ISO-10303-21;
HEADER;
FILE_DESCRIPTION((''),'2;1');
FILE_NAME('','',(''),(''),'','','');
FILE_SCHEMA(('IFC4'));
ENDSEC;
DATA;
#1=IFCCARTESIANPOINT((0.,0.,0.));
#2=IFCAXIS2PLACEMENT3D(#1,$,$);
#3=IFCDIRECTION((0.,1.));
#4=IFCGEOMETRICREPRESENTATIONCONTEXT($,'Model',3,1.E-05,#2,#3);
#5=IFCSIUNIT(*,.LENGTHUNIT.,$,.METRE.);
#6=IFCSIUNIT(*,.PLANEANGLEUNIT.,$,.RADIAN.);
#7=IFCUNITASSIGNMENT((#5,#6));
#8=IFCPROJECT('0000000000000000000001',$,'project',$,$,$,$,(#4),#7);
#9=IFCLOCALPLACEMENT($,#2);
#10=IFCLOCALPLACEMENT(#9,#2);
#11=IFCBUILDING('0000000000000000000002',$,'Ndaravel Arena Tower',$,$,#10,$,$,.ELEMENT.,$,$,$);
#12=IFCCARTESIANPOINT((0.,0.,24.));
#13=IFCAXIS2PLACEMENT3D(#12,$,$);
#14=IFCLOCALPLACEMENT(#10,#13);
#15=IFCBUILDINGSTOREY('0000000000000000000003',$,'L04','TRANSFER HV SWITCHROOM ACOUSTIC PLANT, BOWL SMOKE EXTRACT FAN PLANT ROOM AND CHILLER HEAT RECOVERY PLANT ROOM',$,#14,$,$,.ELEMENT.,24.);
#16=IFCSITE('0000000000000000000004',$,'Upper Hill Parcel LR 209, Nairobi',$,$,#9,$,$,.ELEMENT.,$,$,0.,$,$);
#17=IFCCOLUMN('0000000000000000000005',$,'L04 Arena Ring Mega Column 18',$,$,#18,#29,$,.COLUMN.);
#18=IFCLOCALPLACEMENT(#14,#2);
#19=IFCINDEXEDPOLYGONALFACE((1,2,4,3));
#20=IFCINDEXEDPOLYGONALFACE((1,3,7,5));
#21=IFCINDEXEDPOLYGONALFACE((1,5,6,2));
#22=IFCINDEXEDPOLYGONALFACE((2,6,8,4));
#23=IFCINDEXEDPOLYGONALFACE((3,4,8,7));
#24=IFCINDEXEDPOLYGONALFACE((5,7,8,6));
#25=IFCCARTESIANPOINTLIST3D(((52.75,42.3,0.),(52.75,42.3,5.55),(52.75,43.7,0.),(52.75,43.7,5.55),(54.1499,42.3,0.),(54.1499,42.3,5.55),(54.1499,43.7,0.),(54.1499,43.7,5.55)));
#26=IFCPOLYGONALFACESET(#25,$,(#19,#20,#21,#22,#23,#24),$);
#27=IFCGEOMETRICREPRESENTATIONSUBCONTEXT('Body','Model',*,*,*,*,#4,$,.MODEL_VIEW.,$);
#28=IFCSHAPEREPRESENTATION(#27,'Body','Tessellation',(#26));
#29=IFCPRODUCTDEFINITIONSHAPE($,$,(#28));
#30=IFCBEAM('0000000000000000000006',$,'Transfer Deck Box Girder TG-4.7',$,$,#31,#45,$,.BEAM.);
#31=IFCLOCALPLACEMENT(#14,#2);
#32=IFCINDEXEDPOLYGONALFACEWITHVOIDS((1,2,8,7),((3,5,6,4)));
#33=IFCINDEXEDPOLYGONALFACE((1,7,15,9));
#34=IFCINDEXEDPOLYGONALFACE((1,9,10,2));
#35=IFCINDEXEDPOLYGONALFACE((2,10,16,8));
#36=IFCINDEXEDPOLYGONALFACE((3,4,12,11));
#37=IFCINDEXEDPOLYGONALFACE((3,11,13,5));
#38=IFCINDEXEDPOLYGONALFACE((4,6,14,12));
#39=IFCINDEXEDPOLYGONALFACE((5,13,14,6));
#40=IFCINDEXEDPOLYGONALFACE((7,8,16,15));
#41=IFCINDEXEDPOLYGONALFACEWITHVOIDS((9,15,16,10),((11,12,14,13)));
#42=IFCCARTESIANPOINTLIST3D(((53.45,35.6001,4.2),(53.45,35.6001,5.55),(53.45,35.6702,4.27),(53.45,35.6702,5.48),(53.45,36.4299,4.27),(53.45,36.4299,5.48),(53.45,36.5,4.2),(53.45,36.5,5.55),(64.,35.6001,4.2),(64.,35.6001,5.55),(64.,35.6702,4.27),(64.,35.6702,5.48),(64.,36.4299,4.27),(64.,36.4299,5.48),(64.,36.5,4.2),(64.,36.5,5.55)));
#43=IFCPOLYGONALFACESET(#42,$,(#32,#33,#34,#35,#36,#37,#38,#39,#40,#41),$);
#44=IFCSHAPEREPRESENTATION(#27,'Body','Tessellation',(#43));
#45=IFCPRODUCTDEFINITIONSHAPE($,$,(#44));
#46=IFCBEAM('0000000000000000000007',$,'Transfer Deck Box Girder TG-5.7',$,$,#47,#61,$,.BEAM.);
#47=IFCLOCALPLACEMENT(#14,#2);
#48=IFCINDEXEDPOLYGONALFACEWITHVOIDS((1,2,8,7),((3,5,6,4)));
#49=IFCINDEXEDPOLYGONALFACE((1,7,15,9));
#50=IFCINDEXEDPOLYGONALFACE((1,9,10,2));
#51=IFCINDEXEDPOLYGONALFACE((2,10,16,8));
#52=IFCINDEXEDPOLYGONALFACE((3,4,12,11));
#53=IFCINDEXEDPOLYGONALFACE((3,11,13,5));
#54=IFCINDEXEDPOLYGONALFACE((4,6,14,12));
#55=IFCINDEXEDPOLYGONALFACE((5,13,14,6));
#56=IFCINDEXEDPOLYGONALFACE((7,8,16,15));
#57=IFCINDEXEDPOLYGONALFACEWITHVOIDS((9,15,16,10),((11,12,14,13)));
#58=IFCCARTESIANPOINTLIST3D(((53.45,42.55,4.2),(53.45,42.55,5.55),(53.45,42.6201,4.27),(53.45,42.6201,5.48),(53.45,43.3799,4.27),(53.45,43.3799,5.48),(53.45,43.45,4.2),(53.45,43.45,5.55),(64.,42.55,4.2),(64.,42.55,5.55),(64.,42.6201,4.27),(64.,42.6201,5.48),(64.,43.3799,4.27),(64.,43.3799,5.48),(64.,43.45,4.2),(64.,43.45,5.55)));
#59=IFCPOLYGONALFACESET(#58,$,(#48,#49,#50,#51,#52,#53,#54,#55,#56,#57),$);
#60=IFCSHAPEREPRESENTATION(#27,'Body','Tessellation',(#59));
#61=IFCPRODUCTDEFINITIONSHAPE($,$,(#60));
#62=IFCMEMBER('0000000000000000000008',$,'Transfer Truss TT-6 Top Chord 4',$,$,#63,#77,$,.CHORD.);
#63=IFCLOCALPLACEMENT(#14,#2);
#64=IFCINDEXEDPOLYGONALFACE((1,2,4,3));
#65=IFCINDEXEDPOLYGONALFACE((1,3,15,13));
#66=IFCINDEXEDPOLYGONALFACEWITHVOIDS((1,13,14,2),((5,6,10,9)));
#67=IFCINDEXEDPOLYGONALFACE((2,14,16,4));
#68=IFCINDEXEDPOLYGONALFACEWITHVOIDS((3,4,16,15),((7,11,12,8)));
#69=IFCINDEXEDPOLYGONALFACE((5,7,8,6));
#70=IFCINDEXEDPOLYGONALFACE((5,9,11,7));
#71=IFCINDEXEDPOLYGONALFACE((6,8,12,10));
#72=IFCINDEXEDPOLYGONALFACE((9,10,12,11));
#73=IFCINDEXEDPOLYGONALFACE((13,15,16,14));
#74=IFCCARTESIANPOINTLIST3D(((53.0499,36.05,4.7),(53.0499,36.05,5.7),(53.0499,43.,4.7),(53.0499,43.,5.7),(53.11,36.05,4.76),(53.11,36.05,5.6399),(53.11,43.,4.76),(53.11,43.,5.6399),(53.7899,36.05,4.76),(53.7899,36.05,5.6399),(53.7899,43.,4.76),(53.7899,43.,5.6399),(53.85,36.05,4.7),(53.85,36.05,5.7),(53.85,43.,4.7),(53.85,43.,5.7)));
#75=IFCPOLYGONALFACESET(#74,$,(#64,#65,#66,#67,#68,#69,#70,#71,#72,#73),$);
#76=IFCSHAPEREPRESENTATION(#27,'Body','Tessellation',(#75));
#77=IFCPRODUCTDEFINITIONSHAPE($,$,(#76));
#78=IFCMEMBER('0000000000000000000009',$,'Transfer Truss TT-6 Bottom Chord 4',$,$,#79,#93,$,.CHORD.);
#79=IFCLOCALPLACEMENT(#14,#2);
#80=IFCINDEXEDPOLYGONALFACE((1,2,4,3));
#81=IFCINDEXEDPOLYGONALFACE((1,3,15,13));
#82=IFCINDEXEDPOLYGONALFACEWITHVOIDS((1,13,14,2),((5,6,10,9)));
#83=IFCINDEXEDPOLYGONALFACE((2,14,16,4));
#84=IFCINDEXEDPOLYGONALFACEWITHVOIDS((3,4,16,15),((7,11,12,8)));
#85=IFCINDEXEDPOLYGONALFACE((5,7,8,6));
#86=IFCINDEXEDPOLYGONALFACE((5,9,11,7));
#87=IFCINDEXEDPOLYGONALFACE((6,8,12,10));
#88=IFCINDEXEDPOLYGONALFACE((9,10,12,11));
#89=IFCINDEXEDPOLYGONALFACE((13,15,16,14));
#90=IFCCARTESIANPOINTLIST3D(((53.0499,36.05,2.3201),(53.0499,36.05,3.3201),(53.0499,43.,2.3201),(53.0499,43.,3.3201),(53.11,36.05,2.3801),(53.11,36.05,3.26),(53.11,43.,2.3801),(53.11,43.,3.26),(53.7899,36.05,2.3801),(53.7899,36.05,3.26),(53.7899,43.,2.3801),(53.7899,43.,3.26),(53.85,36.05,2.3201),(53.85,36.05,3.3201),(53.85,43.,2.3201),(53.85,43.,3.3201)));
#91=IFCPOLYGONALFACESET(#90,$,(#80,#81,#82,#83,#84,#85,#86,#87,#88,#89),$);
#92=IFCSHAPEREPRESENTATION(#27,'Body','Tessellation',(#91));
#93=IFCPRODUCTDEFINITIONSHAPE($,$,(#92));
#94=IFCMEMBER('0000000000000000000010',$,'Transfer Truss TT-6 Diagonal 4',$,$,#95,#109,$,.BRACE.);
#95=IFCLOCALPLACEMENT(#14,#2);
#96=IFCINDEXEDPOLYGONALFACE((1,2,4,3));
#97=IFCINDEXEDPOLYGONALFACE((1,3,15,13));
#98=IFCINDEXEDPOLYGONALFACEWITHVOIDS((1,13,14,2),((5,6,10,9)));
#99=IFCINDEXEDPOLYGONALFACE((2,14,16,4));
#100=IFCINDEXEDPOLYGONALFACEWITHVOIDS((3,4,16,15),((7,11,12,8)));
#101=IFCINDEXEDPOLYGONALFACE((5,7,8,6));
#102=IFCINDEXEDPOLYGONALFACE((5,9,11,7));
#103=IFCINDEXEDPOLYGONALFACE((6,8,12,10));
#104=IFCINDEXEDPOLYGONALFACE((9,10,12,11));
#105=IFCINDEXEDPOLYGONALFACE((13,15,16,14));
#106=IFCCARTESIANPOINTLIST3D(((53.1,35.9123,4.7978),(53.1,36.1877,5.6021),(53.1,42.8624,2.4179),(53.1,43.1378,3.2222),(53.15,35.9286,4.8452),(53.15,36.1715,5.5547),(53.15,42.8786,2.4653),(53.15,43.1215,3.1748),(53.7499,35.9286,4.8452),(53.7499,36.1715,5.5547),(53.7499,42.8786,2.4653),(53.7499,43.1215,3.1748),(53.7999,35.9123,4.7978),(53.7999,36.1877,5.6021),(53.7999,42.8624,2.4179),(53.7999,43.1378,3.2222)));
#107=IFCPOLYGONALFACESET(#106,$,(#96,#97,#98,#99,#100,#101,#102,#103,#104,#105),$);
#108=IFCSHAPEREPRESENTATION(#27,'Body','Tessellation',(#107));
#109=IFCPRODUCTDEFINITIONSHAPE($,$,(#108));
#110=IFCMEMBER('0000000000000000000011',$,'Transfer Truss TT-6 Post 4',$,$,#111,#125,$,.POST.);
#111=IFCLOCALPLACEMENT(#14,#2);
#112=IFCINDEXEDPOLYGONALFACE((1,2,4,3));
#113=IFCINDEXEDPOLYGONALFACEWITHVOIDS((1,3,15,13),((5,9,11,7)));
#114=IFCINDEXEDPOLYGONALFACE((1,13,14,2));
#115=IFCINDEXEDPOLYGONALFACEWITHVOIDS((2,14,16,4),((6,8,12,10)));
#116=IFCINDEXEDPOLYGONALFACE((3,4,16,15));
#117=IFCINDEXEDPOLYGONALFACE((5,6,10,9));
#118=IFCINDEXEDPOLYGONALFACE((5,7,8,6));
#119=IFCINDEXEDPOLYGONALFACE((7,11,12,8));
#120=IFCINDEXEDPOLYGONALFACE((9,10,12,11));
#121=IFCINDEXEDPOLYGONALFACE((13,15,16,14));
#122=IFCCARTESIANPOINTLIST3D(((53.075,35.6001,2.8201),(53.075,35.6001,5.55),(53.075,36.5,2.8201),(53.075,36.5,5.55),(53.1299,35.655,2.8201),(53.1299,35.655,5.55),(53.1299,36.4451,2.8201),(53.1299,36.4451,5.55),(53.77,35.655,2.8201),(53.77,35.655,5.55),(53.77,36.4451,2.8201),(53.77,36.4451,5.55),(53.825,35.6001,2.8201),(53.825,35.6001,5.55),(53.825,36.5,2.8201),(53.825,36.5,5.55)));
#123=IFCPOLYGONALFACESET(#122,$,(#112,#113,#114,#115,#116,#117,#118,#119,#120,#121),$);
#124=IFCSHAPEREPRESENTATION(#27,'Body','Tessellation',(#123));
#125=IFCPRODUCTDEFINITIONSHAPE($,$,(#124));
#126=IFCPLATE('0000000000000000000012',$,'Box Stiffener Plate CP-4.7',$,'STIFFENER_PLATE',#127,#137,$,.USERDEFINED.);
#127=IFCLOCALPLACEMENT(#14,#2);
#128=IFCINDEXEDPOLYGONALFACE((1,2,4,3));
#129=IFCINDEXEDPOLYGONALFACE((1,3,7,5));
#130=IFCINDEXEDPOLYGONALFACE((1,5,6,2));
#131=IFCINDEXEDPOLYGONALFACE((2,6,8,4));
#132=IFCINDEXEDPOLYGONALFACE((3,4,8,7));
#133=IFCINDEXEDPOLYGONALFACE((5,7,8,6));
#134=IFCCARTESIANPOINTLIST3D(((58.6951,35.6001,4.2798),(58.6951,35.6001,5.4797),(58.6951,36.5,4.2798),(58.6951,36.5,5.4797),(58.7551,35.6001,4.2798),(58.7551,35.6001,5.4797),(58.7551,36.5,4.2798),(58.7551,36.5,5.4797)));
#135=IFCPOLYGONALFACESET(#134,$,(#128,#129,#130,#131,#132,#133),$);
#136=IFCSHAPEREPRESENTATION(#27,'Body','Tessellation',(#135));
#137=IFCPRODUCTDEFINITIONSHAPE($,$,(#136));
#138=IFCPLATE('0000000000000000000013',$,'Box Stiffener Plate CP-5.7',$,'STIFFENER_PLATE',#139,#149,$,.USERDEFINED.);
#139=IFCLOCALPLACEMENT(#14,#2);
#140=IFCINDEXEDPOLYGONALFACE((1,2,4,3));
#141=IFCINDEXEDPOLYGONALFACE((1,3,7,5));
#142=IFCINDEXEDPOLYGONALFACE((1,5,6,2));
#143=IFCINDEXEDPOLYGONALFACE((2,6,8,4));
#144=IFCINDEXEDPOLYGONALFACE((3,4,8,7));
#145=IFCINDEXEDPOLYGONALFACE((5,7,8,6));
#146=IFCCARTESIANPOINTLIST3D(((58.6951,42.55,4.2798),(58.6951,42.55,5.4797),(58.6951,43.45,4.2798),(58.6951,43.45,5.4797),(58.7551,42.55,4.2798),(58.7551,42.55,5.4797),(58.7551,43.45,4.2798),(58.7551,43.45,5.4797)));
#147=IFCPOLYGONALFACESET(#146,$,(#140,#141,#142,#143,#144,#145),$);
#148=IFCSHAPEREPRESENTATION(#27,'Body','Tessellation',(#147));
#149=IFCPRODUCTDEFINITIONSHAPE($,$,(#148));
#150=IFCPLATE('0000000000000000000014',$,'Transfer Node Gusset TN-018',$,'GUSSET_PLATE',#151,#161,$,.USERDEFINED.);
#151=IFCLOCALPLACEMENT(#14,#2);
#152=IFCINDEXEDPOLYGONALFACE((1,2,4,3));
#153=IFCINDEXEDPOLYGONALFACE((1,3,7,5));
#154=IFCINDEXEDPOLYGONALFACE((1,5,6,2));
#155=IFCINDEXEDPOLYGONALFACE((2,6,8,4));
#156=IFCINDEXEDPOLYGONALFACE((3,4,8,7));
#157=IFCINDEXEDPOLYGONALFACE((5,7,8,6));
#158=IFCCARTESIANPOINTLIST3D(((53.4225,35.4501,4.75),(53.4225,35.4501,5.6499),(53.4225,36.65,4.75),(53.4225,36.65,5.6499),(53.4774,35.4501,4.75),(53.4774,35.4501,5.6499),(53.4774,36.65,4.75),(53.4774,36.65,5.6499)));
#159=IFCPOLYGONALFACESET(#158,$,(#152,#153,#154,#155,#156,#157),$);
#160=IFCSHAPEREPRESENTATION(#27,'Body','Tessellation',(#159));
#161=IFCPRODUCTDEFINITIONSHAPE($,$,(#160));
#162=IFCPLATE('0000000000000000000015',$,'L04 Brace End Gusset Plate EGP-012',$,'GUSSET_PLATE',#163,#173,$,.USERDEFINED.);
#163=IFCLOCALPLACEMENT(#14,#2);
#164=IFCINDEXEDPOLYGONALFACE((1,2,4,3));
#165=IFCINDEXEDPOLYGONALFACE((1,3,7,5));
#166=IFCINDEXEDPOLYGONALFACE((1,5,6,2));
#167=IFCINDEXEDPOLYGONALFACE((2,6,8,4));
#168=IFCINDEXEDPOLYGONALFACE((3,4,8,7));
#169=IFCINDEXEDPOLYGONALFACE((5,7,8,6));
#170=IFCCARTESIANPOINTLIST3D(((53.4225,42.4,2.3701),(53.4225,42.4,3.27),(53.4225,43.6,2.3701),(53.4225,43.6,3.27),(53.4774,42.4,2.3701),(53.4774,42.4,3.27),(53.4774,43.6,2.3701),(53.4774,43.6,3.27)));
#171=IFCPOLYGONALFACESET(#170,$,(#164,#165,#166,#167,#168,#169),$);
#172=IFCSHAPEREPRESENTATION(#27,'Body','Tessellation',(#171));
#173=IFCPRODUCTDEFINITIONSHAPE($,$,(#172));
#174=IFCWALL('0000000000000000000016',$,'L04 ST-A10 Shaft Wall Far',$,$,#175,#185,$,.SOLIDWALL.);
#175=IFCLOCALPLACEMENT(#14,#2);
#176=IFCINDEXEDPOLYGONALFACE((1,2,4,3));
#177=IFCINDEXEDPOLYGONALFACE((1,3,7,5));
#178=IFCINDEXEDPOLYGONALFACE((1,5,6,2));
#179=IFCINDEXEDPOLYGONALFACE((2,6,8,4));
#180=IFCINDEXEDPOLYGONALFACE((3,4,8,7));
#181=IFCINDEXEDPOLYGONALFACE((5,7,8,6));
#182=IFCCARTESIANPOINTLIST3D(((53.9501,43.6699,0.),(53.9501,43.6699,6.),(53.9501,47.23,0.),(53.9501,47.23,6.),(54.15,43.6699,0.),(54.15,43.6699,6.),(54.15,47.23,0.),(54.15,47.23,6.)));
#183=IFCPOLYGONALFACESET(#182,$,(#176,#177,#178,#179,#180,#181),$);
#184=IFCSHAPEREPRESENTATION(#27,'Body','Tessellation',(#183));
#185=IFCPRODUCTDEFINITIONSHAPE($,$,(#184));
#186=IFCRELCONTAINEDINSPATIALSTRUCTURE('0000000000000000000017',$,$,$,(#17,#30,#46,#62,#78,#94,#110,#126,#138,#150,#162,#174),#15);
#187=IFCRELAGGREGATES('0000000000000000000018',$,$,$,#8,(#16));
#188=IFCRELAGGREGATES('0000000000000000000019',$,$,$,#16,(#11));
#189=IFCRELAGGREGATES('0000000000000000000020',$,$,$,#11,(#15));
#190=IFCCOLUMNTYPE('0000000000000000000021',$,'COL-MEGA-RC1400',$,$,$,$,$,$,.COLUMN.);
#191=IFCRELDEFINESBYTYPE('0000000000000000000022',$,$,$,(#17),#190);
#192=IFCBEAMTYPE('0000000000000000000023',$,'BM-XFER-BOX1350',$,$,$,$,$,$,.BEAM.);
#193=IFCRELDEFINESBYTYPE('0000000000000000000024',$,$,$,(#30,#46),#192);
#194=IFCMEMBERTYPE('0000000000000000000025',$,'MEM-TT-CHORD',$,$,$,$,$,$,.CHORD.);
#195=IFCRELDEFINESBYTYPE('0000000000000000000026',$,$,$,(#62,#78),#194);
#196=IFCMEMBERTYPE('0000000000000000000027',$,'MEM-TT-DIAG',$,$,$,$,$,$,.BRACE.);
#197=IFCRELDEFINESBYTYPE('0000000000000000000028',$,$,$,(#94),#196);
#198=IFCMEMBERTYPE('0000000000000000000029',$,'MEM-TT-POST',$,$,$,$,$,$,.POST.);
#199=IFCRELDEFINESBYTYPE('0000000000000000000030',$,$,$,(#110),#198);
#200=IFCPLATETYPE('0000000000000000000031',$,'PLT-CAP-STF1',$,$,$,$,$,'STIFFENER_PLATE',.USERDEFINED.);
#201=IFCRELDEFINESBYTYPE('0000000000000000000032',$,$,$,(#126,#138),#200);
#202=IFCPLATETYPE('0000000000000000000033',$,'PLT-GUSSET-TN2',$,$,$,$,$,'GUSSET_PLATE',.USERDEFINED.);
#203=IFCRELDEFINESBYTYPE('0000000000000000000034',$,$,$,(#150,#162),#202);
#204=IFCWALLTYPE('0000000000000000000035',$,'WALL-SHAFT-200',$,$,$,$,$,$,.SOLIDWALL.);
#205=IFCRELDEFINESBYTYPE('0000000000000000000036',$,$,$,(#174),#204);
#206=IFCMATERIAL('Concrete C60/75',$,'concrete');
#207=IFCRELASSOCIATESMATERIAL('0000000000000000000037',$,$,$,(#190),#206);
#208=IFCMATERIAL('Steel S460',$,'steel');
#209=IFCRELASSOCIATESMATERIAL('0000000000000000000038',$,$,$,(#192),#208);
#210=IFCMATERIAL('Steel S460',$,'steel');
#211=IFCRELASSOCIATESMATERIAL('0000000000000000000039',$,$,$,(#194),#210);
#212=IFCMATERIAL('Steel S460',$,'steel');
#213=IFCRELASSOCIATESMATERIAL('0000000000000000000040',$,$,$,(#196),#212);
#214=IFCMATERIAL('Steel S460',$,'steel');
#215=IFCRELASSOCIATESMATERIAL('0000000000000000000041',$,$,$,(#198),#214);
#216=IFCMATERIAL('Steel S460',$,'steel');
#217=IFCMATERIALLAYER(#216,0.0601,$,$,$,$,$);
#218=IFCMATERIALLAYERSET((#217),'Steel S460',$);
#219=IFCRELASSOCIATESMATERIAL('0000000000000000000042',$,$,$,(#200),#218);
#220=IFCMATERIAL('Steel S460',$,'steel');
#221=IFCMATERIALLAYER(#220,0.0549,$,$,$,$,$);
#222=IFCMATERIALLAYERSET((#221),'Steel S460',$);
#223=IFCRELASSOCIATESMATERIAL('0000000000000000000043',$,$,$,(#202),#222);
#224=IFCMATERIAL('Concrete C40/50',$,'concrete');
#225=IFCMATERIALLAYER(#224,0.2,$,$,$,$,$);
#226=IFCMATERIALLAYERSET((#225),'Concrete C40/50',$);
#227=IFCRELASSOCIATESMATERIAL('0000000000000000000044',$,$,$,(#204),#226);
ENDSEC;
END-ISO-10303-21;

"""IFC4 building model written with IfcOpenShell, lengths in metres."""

from ifc_helpers import new_model, si_unit, direction, frame, frame_2d, origin, origin_2d, place, context, subcontext, project, spatial, rectangle, hollow_rectangle, extrude, material, layer, layer_set, material_profile, profile_set, type_object, element, save


model = new_model("IFC4")

# Units and contexts
model_context = context("Model", 3, precision=1e-05, world=origin(), true_north=direction((0.0, 1.0)))
body_context = subcontext(model_context, "Body", "Model", "MODEL_VIEW")
ifc_project = project(units=[si_unit("LENGTHUNIT", "METRE"), si_unit("PLANEANGLEUNIT", "RADIAN")], contexts=[model_context])

# Site, building, storey
site_placement = place(None, origin())
site = spatial("IfcSite", under=ifc_project, at=site_placement, Name="Upper Hill Parcel LR 209, Nairobi", CompositionType="ELEMENT", RefElevation=0.0)
building_placement = place(site_placement, origin())
building = spatial("IfcBuilding", under=site, at=building_placement, Name="Ndaravel Arena Tower", CompositionType="ELEMENT")
storey_placement = place(building_placement, frame((0.0, 0.0, 24.0)))
storey = spatial("IfcBuildingStorey", under=building, at=storey_placement, Name="L04", Description="TRANSFER HV SWITCHROOM ACOUSTIC PLANT, BOWL SMOKE EXTRACT FAN PLANT ROOM AND CHILLER HEAT RECOVERY PLANT ROOM", CompositionType="ELEMENT", Elevation=24.0)

# Column
ifc_material_1 = material(Name="Concrete C60/75", Category="concrete")
ifc_material_profile_1 = material_profile(ifc_material_1, rectangle(XDim=1.3999, YDim=1.3999, at=origin_2d()), Name="RC 1400x1400")
ifc_profile_set_1 = profile_set([ifc_material_profile_1], Name="Concrete C60/75")
column_type = type_object("IfcColumnType", Name="COL-MEGA-RC1400", PredefinedType="COLUMN", material=ifc_profile_set_1)
column_placement = place(storey_placement, frame((53.45, 43.0, 0.0), z_axis=(0.0, 0.0, 1.0), x_axis=(1.0, 0.0, 0.0)))
element("IfcColumn", 1, at=column_placement, inside=storey, type_object=column_type, Name="L04 Arena Ring Mega Column 18", PredefinedType="COLUMN", context=body_context, shape_type="SweptSolid", body=[
    extrude(rectangle(XDim=1.3999, YDim=1.3999, at=origin_2d()), origin(), (0.0, 0.0, 1.0), 5.55),
])

# Beams
ifc_material_2 = material(Name="Steel S460", Category="steel")
ifc_material_profile_2 = material_profile(ifc_material_2, hollow_rectangle(XDim=0.8999, YDim=1.3501, WallThickness=0.0701, at=origin_2d()), Name="BOX 1350x900x70")
ifc_profile_set_2 = profile_set([ifc_material_profile_2], Name="Steel S460")
beam_type = type_object("IfcBeamType", Name="BM-XFER-BOX1350", PredefinedType="BEAM", material=ifc_profile_set_2)
for number, where, z_axis, x_axis, name in (
    (2, (53.45, 36.05, 4.875), (1.0, 0.0, 0.0), (0.0, 1.0, 0.0), "Transfer Deck Box Girder TG-4.7"),
    (3, (53.45, 43.0, 4.875), (1.0, 0.0, 0.0), (0.0, 1.0, 0.0), "Transfer Deck Box Girder TG-5.7"),
):
    element("IfcBeam", number, at=place(storey_placement, frame(where, z_axis=z_axis, x_axis=x_axis)), inside=storey, type_object=beam_type, Name=name, PredefinedType="BEAM", context=body_context, shape_type="SweptSolid", body=[
        extrude(hollow_rectangle(XDim=0.8999, YDim=1.3501, WallThickness=0.0701, at=origin_2d()), origin(), (0.0, 0.0, 1.0), 10.55),
    ])

# Members
ifc_material_3 = material(Name="Steel S460", Category="steel")
ifc_material_profile_3 = material_profile(ifc_material_3, hollow_rectangle(XDim=0.8, YDim=1.0, WallThickness=0.0601, at=origin_2d()), Name="BOX 1000x800x60")
ifc_profile_set_3 = profile_set([ifc_material_profile_3], Name="Steel S460")
member_type_1 = type_object("IfcMemberType", Name="MEM-TT-CHORD", PredefinedType="CHORD", material=ifc_profile_set_3)
for number, where, z_axis, x_axis, name in (
    (4, (53.45, 36.05, 5.2), (0.0, 1.0, 0.0), (-1.0, 0.0, 0.0), "Transfer Truss TT-6 Top Chord 4"),
    (5, (53.45, 36.05, 2.8201), (0.0, 1.0, 0.0), (-1.0, 0.0, 0.0), "Transfer Truss TT-6 Bottom Chord 4"),
):
    element("IfcMember", number, at=place(storey_placement, frame(where, z_axis=z_axis, x_axis=x_axis)), inside=storey, type_object=member_type_1, Name=name, PredefinedType="CHORD", context=body_context, shape_type="SweptSolid", body=[
        extrude(hollow_rectangle(XDim=0.8, YDim=1.0, WallThickness=0.0601, at=origin_2d()), origin(), (0.0, 0.0, 1.0), 6.95),
    ])
ifc_material_4 = material(Name="Steel S460", Category="steel")
ifc_material_profile_4 = material_profile(ifc_material_4, hollow_rectangle(XDim=0.7, YDim=0.8501, WallThickness=0.05, at=origin_2d()), Name="BOX 850x700x50")
ifc_profile_set_4 = profile_set([ifc_material_profile_4], Name="Steel S460")
member_type_2 = type_object("IfcMemberType", Name="MEM-TT-DIAG", PredefinedType="BRACE", material=ifc_profile_set_4)
member_1_placement = place(storey_placement, frame((53.45, 36.05, 5.2), z_axis=(0.0, 0.946069, -0.323964), x_axis=(-1.0, 0.0, 0.0)))
element("IfcMember", 6, at=member_1_placement, inside=storey, type_object=member_type_2, Name="Transfer Truss TT-6 Diagonal 4", PredefinedType="BRACE", context=body_context, shape_type="SweptSolid", body=[
    extrude(hollow_rectangle(XDim=0.7, YDim=0.8501, WallThickness=0.05, at=origin_2d()), origin(), (0.0, 0.0, 1.0), 7.3462),
])
ifc_material_5 = material(Name="Steel S460", Category="steel")
ifc_material_profile_5 = material_profile(ifc_material_5, hollow_rectangle(XDim=0.75, YDim=0.8999, WallThickness=0.0549, at=origin_2d()), Name="BOX 900x750x55")
ifc_profile_set_5 = profile_set([ifc_material_profile_5], Name="Steel S460")
member_type_3 = type_object("IfcMemberType", Name="MEM-TT-POST", PredefinedType="POST", material=ifc_profile_set_5)
member_2_placement = place(storey_placement, frame((53.45, 36.05, 2.8201), z_axis=(0.0, 0.0, 1.0), x_axis=(1.0, 0.0, 0.0)))
element("IfcMember", 7, at=member_2_placement, inside=storey, type_object=member_type_3, Name="Transfer Truss TT-6 Post 4", PredefinedType="POST", context=body_context, shape_type="SweptSolid", body=[
    extrude(hollow_rectangle(XDim=0.75, YDim=0.8999, WallThickness=0.0549, at=origin_2d()), origin(), (0.0, 0.0, 1.0), 2.73),
])

# Plates
ifc_material_6 = material(Name="Steel S460", Category="steel")
ifc_layer_1 = layer(ifc_material_6, 0.0601)
ifc_layer_set_1 = layer_set([ifc_layer_1], Name="Steel S460")
plate_type_1 = type_object("IfcPlateType", Name="PLT-CAP-STF1", ElementType="STIFFENER_PLATE", PredefinedType="USERDEFINED", material=ifc_layer_set_1)
for number, where, z_axis, x_axis, name in (
    (8, (58.7251, 36.05, 4.2798), (0.0, 0.0, 1.0), (1.0, 0.0, 0.0), "Box Stiffener Plate CP-4.7"),
    (9, (58.7251, 43.0, 4.2798), (0.0, 0.0, 1.0), (1.0, 0.0, 0.0), "Box Stiffener Plate CP-5.7"),
):
    element("IfcPlate", number, at=place(storey_placement, frame(where, z_axis=z_axis, x_axis=x_axis)), inside=storey, type_object=plate_type_1, Name=name, ObjectType="STIFFENER_PLATE", PredefinedType="USERDEFINED", context=body_context, shape_type="SweptSolid", body=[
        extrude(rectangle(XDim=0.0601, YDim=0.8999, at=origin_2d()), origin(), (0.0, 0.0, 1.0), 1.2),
    ])
ifc_material_7 = material(Name="Steel S460", Category="steel")
ifc_layer_2 = layer(ifc_material_7, 0.0549)
ifc_layer_set_2 = layer_set([ifc_layer_2], Name="Steel S460")
plate_type_2 = type_object("IfcPlateType", Name="PLT-GUSSET-TN2", ElementType="GUSSET_PLATE", PredefinedType="USERDEFINED", material=ifc_layer_set_2)
for number, where, z_axis, x_axis, name in (
    (10, (53.45, 36.05, 4.75), (0.0, 0.0, 1.0), (1.0, 0.0, 0.0), "Transfer Node Gusset TN-018"),
    (11, (53.45, 43.0, 2.3701), (0.0, 0.0, 1.0), (1.0, 0.0, 0.0), "L04 Brace End Gusset Plate EGP-012"),
):
    element("IfcPlate", number, at=place(storey_placement, frame(where, z_axis=z_axis, x_axis=x_axis)), inside=storey, type_object=plate_type_2, Name=name, ObjectType="GUSSET_PLATE", PredefinedType="USERDEFINED", context=body_context, shape_type="SweptSolid", body=[
        extrude(rectangle(XDim=0.0549, YDim=1.2, at=origin_2d()), origin(), (0.0, 0.0, 1.0), 0.8999),
    ])

# Wall
ifc_material_8 = material(Name="Concrete C40/50", Category="concrete")
ifc_layer_3 = layer(ifc_material_8, 0.2)
ifc_layer_set_3 = layer_set([ifc_layer_3], Name="Concrete C40/50")
wall_type = type_object("IfcWallType", Name="WALL-SHAFT-200", PredefinedType="SOLIDWALL", material=ifc_layer_set_3)
wall_placement = place(storey_placement, frame((54.05, 47.23, 0.0), z_axis=(0.0, 0.0, 1.0), x_axis=(0.0, -1.0, 0.0)))
element("IfcWall", 12, at=wall_placement, inside=storey, type_object=wall_type, Name="L04 ST-A10 Shaft Wall Far", PredefinedType="SOLIDWALL", context=body_context, shape_type="SweptSolid", body=[
    extrude(rectangle(XDim=3.5601, YDim=0.2, at=frame_2d((1.78, 0.0))), origin(), (0.0, 0.0, 1.0), 6.0),
])

save(model, "model.ifc")
